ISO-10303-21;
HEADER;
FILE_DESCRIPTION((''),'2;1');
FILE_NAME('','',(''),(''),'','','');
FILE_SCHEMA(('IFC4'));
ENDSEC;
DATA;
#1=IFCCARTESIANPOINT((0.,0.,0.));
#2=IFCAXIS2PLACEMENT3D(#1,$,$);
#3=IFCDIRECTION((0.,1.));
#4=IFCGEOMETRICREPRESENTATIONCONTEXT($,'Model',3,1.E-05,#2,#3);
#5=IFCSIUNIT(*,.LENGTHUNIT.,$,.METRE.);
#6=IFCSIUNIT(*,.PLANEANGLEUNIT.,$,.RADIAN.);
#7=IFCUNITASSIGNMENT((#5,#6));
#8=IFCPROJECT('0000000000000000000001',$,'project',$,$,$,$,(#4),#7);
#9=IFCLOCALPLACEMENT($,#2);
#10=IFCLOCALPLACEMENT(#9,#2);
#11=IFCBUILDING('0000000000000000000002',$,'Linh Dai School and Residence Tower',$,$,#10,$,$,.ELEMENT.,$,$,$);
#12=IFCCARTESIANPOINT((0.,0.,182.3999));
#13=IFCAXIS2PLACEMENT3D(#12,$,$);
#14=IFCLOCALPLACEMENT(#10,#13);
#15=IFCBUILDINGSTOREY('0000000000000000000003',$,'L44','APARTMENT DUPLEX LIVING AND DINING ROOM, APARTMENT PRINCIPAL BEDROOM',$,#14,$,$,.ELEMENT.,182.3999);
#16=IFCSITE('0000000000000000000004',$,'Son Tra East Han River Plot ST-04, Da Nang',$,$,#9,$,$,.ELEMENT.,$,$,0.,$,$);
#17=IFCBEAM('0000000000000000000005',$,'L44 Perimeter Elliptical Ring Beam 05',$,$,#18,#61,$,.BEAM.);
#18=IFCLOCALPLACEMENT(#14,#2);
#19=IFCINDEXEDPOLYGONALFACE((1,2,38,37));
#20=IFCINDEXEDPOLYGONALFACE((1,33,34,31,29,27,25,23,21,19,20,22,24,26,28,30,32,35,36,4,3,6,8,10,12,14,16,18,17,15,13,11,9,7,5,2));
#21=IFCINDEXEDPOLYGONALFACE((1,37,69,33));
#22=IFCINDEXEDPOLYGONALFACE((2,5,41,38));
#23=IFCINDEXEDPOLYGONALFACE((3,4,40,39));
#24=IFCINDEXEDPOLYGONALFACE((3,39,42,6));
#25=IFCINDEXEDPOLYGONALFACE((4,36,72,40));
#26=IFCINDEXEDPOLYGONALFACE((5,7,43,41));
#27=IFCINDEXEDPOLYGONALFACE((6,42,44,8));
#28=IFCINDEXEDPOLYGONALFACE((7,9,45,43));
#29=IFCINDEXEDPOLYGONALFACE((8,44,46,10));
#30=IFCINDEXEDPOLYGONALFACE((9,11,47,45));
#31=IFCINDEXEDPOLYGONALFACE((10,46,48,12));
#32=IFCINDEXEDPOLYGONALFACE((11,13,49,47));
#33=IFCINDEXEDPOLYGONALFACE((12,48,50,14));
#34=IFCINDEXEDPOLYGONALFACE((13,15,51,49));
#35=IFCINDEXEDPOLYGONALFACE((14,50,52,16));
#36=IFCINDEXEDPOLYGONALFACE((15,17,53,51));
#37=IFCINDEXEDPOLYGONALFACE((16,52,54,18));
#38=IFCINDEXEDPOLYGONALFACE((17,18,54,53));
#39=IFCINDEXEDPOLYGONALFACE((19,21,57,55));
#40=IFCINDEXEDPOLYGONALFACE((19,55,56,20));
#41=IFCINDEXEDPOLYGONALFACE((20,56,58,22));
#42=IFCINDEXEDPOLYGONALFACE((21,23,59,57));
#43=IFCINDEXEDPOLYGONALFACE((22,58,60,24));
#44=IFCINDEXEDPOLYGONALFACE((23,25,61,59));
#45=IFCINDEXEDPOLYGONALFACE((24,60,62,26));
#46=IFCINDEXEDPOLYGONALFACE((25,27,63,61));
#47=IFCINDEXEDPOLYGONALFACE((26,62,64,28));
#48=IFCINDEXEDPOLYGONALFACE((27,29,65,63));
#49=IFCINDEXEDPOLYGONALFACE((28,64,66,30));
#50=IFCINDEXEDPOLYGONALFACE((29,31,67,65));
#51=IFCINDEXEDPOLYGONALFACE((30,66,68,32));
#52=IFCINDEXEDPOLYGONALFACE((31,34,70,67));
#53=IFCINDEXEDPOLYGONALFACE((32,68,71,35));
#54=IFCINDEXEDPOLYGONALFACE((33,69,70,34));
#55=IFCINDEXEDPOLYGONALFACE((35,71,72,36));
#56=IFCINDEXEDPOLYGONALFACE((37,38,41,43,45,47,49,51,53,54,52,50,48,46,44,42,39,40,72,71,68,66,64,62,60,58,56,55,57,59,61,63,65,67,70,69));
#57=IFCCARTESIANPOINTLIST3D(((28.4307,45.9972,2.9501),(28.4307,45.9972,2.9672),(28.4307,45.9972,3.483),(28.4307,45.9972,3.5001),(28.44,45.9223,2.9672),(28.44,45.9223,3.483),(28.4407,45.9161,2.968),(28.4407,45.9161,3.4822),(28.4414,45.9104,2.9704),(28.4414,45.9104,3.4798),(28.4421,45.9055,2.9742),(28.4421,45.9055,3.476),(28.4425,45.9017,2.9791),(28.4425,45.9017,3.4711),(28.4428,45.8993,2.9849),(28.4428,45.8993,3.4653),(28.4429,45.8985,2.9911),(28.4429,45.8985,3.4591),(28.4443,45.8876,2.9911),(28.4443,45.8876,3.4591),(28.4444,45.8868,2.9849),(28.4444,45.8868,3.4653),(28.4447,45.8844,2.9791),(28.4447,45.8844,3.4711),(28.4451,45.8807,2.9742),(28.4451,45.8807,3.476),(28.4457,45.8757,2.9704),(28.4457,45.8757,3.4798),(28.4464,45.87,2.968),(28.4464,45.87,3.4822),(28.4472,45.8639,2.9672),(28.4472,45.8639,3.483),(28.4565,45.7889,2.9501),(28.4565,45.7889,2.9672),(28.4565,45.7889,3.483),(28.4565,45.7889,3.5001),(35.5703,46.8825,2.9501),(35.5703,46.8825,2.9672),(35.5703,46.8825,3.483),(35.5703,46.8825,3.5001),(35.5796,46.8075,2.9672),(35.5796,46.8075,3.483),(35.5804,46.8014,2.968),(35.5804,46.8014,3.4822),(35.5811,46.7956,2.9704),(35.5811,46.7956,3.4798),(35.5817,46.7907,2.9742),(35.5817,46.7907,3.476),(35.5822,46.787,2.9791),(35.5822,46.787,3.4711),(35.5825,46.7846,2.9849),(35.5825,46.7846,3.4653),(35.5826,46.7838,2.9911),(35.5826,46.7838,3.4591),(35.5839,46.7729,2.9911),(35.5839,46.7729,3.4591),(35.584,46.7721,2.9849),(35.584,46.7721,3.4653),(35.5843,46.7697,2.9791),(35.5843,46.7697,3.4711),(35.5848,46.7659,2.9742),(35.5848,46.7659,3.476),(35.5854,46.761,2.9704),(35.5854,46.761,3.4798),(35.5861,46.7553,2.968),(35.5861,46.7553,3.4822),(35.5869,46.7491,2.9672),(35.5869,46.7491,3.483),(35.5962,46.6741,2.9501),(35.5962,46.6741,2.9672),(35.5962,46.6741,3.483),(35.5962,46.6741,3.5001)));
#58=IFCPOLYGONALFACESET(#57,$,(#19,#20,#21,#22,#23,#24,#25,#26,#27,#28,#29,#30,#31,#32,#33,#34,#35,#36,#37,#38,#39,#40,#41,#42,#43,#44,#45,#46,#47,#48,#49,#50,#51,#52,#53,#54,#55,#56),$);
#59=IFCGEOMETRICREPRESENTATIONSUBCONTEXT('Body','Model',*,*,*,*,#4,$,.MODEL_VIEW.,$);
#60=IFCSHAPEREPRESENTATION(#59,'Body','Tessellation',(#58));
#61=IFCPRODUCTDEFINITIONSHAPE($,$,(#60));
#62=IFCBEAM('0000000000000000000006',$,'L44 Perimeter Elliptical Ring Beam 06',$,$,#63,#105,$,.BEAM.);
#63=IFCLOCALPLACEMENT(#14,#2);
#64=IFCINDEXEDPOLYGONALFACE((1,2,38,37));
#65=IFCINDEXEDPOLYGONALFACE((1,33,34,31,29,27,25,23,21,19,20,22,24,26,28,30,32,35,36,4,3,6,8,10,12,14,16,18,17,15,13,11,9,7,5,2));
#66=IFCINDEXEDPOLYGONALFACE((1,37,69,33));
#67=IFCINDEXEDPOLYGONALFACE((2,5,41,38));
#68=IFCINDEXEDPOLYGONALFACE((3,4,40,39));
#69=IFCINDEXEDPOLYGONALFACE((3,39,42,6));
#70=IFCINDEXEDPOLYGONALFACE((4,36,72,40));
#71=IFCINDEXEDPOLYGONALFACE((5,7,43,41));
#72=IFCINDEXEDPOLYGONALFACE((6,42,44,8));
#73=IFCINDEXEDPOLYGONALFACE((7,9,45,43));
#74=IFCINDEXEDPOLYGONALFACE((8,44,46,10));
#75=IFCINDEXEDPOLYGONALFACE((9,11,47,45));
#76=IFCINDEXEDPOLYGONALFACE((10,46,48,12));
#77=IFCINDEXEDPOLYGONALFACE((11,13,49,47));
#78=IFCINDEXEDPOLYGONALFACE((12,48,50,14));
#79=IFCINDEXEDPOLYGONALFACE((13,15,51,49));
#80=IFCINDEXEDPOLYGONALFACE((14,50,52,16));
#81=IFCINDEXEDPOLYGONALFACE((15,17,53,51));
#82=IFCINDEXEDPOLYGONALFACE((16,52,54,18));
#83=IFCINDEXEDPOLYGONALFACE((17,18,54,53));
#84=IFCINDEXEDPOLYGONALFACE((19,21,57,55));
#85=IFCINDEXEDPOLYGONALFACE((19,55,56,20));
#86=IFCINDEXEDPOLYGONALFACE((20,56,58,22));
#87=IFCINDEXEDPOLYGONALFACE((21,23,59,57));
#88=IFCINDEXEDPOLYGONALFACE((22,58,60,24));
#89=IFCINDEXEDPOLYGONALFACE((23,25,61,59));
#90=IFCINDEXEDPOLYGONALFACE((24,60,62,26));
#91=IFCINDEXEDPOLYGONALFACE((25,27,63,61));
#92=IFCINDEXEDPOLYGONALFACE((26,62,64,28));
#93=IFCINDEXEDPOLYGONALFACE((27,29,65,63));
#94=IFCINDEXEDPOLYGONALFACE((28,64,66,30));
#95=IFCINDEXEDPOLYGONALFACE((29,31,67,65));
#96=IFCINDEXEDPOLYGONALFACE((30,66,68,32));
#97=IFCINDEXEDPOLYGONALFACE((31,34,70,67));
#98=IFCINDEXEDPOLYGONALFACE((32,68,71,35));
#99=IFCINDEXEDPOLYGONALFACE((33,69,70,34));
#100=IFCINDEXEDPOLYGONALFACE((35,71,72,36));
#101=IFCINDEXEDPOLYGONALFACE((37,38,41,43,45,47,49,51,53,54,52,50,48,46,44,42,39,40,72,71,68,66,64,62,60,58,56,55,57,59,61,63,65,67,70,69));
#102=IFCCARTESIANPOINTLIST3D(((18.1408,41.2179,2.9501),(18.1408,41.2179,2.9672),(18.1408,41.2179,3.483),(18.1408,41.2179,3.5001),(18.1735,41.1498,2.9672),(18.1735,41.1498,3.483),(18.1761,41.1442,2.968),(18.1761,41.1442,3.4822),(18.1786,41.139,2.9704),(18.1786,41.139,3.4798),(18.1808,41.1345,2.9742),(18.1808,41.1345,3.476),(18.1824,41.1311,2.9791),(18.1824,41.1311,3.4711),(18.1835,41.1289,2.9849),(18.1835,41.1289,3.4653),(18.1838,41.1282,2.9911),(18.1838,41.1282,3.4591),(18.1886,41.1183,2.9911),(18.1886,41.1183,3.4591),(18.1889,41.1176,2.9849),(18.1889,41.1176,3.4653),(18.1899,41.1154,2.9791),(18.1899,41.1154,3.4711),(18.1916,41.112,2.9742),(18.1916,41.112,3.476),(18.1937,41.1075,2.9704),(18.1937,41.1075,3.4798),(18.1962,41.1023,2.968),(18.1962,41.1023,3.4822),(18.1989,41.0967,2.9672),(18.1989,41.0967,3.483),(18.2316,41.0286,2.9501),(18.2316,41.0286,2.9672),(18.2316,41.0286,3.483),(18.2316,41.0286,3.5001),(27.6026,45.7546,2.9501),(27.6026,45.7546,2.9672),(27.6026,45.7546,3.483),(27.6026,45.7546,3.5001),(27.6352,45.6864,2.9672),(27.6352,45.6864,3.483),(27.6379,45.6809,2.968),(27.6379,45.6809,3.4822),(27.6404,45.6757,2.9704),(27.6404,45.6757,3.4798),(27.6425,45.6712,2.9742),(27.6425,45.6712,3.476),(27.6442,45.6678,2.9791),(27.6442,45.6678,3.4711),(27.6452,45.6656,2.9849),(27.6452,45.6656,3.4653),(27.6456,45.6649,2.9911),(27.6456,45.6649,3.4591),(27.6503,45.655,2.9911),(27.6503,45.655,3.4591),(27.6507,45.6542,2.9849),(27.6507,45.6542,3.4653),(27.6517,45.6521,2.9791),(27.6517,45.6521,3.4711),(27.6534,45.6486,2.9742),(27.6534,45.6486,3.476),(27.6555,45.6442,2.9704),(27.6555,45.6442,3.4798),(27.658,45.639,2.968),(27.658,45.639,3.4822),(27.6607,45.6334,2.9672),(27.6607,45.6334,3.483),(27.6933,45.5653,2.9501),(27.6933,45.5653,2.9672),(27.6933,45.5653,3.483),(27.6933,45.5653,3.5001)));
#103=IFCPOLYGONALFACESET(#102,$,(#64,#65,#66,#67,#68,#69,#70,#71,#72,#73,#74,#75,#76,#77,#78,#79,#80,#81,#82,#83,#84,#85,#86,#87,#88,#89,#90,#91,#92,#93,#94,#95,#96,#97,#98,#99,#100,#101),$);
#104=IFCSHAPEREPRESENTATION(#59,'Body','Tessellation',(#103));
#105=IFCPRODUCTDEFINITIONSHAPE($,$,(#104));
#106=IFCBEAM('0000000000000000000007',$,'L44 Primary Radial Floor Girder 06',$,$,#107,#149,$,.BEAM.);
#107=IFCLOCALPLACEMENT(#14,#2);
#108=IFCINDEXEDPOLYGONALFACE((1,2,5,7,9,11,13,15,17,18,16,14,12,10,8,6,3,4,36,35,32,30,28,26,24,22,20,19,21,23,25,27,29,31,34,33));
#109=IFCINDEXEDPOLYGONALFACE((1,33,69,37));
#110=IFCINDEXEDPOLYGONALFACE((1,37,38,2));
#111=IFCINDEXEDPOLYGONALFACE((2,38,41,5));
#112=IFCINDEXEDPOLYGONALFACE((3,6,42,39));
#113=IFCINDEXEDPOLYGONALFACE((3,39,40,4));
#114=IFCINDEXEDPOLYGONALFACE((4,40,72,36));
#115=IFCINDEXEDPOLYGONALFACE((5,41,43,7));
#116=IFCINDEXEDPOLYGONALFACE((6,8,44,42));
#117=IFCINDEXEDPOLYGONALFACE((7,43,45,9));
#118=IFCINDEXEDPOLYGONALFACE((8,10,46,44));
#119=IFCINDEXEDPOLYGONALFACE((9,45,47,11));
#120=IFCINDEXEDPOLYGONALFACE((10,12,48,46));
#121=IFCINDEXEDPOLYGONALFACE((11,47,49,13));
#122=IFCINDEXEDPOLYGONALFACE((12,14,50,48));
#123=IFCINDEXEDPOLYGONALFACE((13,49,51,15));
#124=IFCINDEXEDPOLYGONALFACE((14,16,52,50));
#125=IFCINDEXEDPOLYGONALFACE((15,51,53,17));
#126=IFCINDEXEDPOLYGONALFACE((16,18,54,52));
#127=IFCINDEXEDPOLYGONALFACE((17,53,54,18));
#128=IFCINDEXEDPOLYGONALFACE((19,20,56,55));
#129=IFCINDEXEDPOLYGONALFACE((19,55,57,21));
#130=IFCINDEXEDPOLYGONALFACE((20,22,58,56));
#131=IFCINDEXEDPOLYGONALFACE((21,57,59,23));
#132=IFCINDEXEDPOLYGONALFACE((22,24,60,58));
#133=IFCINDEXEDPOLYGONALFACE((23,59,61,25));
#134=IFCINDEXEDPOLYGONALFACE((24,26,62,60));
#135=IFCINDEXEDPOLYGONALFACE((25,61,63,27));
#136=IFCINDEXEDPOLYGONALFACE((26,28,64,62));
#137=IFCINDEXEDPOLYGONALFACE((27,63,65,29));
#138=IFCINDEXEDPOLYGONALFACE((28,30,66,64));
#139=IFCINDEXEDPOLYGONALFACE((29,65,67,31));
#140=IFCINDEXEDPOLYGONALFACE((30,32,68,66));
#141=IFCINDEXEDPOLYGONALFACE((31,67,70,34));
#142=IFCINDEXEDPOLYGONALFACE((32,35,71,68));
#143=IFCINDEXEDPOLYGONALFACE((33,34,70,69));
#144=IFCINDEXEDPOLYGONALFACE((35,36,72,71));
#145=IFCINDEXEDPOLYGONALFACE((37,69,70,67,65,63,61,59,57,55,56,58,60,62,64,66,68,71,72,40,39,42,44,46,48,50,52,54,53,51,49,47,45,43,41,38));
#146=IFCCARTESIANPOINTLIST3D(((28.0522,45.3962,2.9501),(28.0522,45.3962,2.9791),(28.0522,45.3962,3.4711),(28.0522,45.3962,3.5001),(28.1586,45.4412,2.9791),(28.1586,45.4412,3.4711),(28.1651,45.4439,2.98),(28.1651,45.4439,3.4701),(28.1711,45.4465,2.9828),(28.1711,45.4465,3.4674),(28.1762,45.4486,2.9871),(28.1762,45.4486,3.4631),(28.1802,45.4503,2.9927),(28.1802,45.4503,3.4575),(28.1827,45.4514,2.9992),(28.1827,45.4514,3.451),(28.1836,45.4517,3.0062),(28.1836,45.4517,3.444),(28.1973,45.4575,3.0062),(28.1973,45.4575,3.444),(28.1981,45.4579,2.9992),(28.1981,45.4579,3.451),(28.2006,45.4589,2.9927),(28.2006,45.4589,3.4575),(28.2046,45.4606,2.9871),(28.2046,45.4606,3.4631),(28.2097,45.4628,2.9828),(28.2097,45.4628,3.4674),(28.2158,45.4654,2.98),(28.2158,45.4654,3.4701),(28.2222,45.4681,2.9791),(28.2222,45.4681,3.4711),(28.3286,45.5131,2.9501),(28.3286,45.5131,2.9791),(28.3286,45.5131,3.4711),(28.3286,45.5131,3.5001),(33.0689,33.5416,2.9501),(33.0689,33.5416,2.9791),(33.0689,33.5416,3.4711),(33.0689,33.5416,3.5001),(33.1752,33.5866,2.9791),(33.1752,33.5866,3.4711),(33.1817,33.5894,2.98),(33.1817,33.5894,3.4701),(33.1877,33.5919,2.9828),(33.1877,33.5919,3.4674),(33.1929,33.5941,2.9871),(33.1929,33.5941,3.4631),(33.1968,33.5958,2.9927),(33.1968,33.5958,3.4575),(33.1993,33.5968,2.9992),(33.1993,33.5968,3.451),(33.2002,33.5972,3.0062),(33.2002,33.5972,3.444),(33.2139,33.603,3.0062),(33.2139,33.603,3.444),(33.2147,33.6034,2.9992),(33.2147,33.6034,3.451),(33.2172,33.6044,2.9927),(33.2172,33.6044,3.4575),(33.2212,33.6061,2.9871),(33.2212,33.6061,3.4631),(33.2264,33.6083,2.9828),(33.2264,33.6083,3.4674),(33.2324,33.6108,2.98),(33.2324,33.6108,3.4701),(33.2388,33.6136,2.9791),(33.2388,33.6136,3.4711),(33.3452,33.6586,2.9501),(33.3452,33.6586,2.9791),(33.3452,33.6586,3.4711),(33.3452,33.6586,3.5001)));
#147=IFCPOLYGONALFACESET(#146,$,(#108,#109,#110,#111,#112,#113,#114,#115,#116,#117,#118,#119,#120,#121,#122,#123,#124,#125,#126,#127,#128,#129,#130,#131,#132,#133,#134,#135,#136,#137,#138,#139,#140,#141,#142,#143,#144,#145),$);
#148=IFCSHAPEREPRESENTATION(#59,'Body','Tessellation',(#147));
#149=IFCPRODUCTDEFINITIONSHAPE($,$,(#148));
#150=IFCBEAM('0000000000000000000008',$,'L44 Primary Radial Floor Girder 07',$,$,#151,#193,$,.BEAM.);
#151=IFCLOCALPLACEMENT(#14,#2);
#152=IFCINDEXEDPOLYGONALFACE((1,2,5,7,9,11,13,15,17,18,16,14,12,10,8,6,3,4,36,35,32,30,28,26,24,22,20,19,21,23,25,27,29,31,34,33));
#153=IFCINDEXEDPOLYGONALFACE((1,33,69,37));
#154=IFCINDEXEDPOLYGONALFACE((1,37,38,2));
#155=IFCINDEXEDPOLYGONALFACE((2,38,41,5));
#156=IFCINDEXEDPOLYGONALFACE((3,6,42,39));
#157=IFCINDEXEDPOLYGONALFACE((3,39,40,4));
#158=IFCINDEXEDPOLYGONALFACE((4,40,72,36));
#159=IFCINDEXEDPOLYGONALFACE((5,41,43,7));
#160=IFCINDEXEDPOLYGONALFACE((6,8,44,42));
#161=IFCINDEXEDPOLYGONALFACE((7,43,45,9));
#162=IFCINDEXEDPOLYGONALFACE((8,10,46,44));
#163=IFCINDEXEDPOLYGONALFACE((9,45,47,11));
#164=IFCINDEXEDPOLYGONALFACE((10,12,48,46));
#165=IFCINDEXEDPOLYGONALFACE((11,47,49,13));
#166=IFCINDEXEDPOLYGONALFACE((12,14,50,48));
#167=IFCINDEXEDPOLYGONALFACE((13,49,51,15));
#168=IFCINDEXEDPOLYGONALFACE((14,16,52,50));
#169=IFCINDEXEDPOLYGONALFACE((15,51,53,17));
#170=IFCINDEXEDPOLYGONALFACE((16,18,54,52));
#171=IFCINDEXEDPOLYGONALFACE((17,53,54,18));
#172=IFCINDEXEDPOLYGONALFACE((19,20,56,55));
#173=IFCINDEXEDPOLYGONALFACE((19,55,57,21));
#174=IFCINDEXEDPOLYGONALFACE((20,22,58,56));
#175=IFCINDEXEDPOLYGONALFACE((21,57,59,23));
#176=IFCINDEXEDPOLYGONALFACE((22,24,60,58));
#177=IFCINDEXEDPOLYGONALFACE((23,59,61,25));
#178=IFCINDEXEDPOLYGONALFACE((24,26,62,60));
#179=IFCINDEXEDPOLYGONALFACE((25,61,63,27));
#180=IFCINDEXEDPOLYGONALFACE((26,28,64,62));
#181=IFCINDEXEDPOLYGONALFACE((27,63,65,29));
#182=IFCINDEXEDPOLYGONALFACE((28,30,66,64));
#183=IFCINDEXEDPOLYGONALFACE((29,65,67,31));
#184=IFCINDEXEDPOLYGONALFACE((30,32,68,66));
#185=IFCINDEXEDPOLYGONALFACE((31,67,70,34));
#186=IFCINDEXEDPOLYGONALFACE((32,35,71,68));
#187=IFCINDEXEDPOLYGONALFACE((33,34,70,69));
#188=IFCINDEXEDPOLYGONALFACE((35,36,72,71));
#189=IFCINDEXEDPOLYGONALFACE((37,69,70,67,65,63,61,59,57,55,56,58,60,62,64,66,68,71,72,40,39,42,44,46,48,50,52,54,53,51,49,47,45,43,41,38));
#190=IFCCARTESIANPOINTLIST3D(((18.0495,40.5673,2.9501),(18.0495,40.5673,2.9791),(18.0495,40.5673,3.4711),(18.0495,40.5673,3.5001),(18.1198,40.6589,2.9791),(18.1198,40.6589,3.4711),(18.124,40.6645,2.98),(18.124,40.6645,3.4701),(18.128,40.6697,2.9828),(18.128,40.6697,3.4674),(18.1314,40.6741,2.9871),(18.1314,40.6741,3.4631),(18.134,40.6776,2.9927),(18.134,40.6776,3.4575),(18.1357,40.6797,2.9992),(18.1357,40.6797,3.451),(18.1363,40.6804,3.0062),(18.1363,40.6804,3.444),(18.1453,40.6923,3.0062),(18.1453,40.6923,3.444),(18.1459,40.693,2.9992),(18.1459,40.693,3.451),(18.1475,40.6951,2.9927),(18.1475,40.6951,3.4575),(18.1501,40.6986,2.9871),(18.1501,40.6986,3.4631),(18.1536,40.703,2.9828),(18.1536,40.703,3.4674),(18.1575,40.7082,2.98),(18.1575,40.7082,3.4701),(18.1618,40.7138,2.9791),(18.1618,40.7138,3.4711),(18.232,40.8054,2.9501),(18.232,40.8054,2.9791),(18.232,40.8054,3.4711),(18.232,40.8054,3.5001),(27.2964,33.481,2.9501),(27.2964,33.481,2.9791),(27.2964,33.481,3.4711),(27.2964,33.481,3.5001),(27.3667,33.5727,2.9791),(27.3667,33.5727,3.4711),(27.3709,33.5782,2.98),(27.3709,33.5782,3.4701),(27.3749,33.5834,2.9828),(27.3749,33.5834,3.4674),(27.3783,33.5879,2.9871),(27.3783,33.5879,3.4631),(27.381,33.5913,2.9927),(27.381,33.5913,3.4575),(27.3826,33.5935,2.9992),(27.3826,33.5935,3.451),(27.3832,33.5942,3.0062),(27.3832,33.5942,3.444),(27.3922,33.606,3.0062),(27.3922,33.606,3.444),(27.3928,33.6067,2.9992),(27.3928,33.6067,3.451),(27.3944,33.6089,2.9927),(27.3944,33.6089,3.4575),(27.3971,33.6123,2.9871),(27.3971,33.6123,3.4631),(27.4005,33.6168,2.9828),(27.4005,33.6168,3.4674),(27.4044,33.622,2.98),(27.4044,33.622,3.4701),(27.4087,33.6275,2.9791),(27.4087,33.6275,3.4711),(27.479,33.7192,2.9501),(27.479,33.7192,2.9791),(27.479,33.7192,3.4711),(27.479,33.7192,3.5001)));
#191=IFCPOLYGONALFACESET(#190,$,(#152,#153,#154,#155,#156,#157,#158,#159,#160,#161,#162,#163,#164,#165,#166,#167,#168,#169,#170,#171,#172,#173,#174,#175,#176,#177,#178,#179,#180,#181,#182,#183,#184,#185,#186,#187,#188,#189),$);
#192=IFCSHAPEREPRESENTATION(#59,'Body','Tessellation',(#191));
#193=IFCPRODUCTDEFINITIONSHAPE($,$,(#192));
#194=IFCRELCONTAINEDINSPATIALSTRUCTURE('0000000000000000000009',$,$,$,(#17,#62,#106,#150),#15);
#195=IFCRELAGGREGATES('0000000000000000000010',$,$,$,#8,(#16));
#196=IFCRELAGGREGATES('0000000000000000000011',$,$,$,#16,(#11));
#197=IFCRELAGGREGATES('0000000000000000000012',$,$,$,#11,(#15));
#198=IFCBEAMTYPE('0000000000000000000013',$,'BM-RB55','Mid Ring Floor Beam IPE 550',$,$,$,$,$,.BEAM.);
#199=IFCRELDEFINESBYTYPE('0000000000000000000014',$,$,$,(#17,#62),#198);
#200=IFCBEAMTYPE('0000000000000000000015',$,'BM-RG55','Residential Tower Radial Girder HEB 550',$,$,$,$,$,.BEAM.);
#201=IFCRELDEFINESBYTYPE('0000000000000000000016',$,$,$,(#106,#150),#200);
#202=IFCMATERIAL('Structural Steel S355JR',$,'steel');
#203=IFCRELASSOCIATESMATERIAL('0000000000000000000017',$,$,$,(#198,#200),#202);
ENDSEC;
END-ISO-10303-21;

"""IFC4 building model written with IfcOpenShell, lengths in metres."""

from ifc_helpers import new_model, si_unit, direction, frame, origin, origin_2d, place, context, subcontext, project, spatial, i_section, extrude, material, material_profile, profile_set, type_object, element, save


model = new_model("IFC4")

# Units and contexts
model_context = context("Model", 3, precision=1e-05, world=origin(), true_north=direction((0.0, 1.0)))
body_context = subcontext(model_context, "Body", "Model", "MODEL_VIEW")
ifc_project = project(units=[si_unit("LENGTHUNIT", "METRE"), si_unit("PLANEANGLEUNIT", "RADIAN")], contexts=[model_context])

# Site, building, storey
site_placement = place(None, origin())
site = spatial("IfcSite", under=ifc_project, at=site_placement, Name="Son Tra East Han River Plot ST-04, Da Nang", CompositionType="ELEMENT", RefElevation=0.0)
building_placement = place(site_placement, origin())
building = spatial("IfcBuilding", under=site, at=building_placement, Name="Linh Dai School and Residence Tower", CompositionType="ELEMENT")
storey_placement = place(building_placement, frame((0.0, 0.0, 182.3999)))
storey = spatial("IfcBuildingStorey", under=building, at=storey_placement, Name="L44", Description="APARTMENT DUPLEX LIVING AND DINING ROOM, APARTMENT PRINCIPAL BEDROOM", CompositionType="ELEMENT", Elevation=182.3999)

# Shared definitions
ifc_material_1 = material(Name="Structural Steel S355JR", Category="steel")

# Beams
ifc_material_profile_1 = material_profile(ifc_material_1, i_section(OverallWidth=0.21, OverallDepth=0.55, WebThickness=0.011, FlangeThickness=0.0171, FilletRadius=0.0239, at=origin_2d()), Name="IPE 550")
ifc_profile_set_1 = profile_set([ifc_material_profile_1], Name="Structural Steel S355JR")
beam_type_1 = type_object("IfcBeamType", Name="BM-RB55", Description="Mid Ring Floor Beam IPE 550", PredefinedType="BEAM", material=ifc_profile_set_1)
beam_1_placement = place(storey_placement, frame((35.5833, 46.7783, 3.2251), z_axis=(-0.992401, -0.123049, 0.0), x_axis=(0.123049, -0.992401, 0.0)))
element("IfcBeam", 1, at=beam_1_placement, inside=storey, type_object=beam_type_1, Name="L44 Perimeter Elliptical Ring Beam 05", PredefinedType="BEAM", context=body_context, shape_type="SweptSolid", body=[
    extrude(i_section(OverallWidth=0.21, OverallDepth=0.55, WebThickness=0.011, FlangeThickness=0.0171, FilletRadius=0.0239, at=origin_2d()), origin(), (0.0, 0.0, 1.0), 7.1943),
])
beam_2_placement = place(storey_placement, frame((27.6479, 45.6599, 3.2251), z_axis=(-0.901708, -0.432345, 0.0), x_axis=(0.432345, -0.901708, 0.0)))
element("IfcBeam", 2, at=beam_2_placement, inside=storey, type_object=beam_type_1, Name="L44 Perimeter Elliptical Ring Beam 06", PredefinedType="BEAM", context=body_context, shape_type="SweptSolid", body=[
    extrude(i_section(OverallWidth=0.21, OverallDepth=0.55, WebThickness=0.011, FlangeThickness=0.0171, FilletRadius=0.0239, at=origin_2d()), origin(), (0.0, 0.0, 1.0), 10.4932),
])
ifc_material_profile_2 = material_profile(ifc_material_1, i_section(OverallWidth=0.3, OverallDepth=0.55, WebThickness=0.0149, FlangeThickness=0.0291, FilletRadius=0.0271, at=origin_2d()), Name="HEB 550")
ifc_profile_set_2 = profile_set([ifc_material_profile_2], Name="Structural Steel S355JR")
beam_type_2 = type_object("IfcBeamType", Name="BM-RG55", Description="Residential Tower Radial Girder HEB 550", PredefinedType="BEAM", material=ifc_profile_set_2)
beam_3_placement = place(storey_placement, frame((33.207, 33.6001, 3.2251), z_axis=(-0.389722, 0.920933, 0.0), x_axis=(-0.920933, -0.389722, 0.0)))
element("IfcBeam", 3, at=beam_3_placement, inside=storey, type_object=beam_type_2, Name="L44 Primary Radial Floor Girder 06", PredefinedType="BEAM", context=body_context, shape_type="SweptSolid", body=[
    extrude(i_section(OverallWidth=0.3, OverallDepth=0.55, WebThickness=0.0149, FlangeThickness=0.0291, FilletRadius=0.0271, at=origin_2d()), origin(), (0.0, 0.0, 1.0), 12.8723),
])
beam_4_placement = place(storey_placement, frame((27.3877, 33.6001, 3.2251), z_axis=(-0.793733, 0.608267, 0.0), x_axis=(-0.608267, -0.793733, 0.0)))
element("IfcBeam", 4, at=beam_4_placement, inside=storey, type_object=beam_type_2, Name="L44 Primary Radial Floor Girder 07", PredefinedType="BEAM", context=body_context, shape_type="SweptSolid", body=[
    extrude(i_section(OverallWidth=0.3, OverallDepth=0.55, WebThickness=0.0149, FlangeThickness=0.0291, FilletRadius=0.0271, at=origin_2d()), origin(), (0.0, 0.0, 1.0), 11.6499),
])

save(model, "model.ifc")
